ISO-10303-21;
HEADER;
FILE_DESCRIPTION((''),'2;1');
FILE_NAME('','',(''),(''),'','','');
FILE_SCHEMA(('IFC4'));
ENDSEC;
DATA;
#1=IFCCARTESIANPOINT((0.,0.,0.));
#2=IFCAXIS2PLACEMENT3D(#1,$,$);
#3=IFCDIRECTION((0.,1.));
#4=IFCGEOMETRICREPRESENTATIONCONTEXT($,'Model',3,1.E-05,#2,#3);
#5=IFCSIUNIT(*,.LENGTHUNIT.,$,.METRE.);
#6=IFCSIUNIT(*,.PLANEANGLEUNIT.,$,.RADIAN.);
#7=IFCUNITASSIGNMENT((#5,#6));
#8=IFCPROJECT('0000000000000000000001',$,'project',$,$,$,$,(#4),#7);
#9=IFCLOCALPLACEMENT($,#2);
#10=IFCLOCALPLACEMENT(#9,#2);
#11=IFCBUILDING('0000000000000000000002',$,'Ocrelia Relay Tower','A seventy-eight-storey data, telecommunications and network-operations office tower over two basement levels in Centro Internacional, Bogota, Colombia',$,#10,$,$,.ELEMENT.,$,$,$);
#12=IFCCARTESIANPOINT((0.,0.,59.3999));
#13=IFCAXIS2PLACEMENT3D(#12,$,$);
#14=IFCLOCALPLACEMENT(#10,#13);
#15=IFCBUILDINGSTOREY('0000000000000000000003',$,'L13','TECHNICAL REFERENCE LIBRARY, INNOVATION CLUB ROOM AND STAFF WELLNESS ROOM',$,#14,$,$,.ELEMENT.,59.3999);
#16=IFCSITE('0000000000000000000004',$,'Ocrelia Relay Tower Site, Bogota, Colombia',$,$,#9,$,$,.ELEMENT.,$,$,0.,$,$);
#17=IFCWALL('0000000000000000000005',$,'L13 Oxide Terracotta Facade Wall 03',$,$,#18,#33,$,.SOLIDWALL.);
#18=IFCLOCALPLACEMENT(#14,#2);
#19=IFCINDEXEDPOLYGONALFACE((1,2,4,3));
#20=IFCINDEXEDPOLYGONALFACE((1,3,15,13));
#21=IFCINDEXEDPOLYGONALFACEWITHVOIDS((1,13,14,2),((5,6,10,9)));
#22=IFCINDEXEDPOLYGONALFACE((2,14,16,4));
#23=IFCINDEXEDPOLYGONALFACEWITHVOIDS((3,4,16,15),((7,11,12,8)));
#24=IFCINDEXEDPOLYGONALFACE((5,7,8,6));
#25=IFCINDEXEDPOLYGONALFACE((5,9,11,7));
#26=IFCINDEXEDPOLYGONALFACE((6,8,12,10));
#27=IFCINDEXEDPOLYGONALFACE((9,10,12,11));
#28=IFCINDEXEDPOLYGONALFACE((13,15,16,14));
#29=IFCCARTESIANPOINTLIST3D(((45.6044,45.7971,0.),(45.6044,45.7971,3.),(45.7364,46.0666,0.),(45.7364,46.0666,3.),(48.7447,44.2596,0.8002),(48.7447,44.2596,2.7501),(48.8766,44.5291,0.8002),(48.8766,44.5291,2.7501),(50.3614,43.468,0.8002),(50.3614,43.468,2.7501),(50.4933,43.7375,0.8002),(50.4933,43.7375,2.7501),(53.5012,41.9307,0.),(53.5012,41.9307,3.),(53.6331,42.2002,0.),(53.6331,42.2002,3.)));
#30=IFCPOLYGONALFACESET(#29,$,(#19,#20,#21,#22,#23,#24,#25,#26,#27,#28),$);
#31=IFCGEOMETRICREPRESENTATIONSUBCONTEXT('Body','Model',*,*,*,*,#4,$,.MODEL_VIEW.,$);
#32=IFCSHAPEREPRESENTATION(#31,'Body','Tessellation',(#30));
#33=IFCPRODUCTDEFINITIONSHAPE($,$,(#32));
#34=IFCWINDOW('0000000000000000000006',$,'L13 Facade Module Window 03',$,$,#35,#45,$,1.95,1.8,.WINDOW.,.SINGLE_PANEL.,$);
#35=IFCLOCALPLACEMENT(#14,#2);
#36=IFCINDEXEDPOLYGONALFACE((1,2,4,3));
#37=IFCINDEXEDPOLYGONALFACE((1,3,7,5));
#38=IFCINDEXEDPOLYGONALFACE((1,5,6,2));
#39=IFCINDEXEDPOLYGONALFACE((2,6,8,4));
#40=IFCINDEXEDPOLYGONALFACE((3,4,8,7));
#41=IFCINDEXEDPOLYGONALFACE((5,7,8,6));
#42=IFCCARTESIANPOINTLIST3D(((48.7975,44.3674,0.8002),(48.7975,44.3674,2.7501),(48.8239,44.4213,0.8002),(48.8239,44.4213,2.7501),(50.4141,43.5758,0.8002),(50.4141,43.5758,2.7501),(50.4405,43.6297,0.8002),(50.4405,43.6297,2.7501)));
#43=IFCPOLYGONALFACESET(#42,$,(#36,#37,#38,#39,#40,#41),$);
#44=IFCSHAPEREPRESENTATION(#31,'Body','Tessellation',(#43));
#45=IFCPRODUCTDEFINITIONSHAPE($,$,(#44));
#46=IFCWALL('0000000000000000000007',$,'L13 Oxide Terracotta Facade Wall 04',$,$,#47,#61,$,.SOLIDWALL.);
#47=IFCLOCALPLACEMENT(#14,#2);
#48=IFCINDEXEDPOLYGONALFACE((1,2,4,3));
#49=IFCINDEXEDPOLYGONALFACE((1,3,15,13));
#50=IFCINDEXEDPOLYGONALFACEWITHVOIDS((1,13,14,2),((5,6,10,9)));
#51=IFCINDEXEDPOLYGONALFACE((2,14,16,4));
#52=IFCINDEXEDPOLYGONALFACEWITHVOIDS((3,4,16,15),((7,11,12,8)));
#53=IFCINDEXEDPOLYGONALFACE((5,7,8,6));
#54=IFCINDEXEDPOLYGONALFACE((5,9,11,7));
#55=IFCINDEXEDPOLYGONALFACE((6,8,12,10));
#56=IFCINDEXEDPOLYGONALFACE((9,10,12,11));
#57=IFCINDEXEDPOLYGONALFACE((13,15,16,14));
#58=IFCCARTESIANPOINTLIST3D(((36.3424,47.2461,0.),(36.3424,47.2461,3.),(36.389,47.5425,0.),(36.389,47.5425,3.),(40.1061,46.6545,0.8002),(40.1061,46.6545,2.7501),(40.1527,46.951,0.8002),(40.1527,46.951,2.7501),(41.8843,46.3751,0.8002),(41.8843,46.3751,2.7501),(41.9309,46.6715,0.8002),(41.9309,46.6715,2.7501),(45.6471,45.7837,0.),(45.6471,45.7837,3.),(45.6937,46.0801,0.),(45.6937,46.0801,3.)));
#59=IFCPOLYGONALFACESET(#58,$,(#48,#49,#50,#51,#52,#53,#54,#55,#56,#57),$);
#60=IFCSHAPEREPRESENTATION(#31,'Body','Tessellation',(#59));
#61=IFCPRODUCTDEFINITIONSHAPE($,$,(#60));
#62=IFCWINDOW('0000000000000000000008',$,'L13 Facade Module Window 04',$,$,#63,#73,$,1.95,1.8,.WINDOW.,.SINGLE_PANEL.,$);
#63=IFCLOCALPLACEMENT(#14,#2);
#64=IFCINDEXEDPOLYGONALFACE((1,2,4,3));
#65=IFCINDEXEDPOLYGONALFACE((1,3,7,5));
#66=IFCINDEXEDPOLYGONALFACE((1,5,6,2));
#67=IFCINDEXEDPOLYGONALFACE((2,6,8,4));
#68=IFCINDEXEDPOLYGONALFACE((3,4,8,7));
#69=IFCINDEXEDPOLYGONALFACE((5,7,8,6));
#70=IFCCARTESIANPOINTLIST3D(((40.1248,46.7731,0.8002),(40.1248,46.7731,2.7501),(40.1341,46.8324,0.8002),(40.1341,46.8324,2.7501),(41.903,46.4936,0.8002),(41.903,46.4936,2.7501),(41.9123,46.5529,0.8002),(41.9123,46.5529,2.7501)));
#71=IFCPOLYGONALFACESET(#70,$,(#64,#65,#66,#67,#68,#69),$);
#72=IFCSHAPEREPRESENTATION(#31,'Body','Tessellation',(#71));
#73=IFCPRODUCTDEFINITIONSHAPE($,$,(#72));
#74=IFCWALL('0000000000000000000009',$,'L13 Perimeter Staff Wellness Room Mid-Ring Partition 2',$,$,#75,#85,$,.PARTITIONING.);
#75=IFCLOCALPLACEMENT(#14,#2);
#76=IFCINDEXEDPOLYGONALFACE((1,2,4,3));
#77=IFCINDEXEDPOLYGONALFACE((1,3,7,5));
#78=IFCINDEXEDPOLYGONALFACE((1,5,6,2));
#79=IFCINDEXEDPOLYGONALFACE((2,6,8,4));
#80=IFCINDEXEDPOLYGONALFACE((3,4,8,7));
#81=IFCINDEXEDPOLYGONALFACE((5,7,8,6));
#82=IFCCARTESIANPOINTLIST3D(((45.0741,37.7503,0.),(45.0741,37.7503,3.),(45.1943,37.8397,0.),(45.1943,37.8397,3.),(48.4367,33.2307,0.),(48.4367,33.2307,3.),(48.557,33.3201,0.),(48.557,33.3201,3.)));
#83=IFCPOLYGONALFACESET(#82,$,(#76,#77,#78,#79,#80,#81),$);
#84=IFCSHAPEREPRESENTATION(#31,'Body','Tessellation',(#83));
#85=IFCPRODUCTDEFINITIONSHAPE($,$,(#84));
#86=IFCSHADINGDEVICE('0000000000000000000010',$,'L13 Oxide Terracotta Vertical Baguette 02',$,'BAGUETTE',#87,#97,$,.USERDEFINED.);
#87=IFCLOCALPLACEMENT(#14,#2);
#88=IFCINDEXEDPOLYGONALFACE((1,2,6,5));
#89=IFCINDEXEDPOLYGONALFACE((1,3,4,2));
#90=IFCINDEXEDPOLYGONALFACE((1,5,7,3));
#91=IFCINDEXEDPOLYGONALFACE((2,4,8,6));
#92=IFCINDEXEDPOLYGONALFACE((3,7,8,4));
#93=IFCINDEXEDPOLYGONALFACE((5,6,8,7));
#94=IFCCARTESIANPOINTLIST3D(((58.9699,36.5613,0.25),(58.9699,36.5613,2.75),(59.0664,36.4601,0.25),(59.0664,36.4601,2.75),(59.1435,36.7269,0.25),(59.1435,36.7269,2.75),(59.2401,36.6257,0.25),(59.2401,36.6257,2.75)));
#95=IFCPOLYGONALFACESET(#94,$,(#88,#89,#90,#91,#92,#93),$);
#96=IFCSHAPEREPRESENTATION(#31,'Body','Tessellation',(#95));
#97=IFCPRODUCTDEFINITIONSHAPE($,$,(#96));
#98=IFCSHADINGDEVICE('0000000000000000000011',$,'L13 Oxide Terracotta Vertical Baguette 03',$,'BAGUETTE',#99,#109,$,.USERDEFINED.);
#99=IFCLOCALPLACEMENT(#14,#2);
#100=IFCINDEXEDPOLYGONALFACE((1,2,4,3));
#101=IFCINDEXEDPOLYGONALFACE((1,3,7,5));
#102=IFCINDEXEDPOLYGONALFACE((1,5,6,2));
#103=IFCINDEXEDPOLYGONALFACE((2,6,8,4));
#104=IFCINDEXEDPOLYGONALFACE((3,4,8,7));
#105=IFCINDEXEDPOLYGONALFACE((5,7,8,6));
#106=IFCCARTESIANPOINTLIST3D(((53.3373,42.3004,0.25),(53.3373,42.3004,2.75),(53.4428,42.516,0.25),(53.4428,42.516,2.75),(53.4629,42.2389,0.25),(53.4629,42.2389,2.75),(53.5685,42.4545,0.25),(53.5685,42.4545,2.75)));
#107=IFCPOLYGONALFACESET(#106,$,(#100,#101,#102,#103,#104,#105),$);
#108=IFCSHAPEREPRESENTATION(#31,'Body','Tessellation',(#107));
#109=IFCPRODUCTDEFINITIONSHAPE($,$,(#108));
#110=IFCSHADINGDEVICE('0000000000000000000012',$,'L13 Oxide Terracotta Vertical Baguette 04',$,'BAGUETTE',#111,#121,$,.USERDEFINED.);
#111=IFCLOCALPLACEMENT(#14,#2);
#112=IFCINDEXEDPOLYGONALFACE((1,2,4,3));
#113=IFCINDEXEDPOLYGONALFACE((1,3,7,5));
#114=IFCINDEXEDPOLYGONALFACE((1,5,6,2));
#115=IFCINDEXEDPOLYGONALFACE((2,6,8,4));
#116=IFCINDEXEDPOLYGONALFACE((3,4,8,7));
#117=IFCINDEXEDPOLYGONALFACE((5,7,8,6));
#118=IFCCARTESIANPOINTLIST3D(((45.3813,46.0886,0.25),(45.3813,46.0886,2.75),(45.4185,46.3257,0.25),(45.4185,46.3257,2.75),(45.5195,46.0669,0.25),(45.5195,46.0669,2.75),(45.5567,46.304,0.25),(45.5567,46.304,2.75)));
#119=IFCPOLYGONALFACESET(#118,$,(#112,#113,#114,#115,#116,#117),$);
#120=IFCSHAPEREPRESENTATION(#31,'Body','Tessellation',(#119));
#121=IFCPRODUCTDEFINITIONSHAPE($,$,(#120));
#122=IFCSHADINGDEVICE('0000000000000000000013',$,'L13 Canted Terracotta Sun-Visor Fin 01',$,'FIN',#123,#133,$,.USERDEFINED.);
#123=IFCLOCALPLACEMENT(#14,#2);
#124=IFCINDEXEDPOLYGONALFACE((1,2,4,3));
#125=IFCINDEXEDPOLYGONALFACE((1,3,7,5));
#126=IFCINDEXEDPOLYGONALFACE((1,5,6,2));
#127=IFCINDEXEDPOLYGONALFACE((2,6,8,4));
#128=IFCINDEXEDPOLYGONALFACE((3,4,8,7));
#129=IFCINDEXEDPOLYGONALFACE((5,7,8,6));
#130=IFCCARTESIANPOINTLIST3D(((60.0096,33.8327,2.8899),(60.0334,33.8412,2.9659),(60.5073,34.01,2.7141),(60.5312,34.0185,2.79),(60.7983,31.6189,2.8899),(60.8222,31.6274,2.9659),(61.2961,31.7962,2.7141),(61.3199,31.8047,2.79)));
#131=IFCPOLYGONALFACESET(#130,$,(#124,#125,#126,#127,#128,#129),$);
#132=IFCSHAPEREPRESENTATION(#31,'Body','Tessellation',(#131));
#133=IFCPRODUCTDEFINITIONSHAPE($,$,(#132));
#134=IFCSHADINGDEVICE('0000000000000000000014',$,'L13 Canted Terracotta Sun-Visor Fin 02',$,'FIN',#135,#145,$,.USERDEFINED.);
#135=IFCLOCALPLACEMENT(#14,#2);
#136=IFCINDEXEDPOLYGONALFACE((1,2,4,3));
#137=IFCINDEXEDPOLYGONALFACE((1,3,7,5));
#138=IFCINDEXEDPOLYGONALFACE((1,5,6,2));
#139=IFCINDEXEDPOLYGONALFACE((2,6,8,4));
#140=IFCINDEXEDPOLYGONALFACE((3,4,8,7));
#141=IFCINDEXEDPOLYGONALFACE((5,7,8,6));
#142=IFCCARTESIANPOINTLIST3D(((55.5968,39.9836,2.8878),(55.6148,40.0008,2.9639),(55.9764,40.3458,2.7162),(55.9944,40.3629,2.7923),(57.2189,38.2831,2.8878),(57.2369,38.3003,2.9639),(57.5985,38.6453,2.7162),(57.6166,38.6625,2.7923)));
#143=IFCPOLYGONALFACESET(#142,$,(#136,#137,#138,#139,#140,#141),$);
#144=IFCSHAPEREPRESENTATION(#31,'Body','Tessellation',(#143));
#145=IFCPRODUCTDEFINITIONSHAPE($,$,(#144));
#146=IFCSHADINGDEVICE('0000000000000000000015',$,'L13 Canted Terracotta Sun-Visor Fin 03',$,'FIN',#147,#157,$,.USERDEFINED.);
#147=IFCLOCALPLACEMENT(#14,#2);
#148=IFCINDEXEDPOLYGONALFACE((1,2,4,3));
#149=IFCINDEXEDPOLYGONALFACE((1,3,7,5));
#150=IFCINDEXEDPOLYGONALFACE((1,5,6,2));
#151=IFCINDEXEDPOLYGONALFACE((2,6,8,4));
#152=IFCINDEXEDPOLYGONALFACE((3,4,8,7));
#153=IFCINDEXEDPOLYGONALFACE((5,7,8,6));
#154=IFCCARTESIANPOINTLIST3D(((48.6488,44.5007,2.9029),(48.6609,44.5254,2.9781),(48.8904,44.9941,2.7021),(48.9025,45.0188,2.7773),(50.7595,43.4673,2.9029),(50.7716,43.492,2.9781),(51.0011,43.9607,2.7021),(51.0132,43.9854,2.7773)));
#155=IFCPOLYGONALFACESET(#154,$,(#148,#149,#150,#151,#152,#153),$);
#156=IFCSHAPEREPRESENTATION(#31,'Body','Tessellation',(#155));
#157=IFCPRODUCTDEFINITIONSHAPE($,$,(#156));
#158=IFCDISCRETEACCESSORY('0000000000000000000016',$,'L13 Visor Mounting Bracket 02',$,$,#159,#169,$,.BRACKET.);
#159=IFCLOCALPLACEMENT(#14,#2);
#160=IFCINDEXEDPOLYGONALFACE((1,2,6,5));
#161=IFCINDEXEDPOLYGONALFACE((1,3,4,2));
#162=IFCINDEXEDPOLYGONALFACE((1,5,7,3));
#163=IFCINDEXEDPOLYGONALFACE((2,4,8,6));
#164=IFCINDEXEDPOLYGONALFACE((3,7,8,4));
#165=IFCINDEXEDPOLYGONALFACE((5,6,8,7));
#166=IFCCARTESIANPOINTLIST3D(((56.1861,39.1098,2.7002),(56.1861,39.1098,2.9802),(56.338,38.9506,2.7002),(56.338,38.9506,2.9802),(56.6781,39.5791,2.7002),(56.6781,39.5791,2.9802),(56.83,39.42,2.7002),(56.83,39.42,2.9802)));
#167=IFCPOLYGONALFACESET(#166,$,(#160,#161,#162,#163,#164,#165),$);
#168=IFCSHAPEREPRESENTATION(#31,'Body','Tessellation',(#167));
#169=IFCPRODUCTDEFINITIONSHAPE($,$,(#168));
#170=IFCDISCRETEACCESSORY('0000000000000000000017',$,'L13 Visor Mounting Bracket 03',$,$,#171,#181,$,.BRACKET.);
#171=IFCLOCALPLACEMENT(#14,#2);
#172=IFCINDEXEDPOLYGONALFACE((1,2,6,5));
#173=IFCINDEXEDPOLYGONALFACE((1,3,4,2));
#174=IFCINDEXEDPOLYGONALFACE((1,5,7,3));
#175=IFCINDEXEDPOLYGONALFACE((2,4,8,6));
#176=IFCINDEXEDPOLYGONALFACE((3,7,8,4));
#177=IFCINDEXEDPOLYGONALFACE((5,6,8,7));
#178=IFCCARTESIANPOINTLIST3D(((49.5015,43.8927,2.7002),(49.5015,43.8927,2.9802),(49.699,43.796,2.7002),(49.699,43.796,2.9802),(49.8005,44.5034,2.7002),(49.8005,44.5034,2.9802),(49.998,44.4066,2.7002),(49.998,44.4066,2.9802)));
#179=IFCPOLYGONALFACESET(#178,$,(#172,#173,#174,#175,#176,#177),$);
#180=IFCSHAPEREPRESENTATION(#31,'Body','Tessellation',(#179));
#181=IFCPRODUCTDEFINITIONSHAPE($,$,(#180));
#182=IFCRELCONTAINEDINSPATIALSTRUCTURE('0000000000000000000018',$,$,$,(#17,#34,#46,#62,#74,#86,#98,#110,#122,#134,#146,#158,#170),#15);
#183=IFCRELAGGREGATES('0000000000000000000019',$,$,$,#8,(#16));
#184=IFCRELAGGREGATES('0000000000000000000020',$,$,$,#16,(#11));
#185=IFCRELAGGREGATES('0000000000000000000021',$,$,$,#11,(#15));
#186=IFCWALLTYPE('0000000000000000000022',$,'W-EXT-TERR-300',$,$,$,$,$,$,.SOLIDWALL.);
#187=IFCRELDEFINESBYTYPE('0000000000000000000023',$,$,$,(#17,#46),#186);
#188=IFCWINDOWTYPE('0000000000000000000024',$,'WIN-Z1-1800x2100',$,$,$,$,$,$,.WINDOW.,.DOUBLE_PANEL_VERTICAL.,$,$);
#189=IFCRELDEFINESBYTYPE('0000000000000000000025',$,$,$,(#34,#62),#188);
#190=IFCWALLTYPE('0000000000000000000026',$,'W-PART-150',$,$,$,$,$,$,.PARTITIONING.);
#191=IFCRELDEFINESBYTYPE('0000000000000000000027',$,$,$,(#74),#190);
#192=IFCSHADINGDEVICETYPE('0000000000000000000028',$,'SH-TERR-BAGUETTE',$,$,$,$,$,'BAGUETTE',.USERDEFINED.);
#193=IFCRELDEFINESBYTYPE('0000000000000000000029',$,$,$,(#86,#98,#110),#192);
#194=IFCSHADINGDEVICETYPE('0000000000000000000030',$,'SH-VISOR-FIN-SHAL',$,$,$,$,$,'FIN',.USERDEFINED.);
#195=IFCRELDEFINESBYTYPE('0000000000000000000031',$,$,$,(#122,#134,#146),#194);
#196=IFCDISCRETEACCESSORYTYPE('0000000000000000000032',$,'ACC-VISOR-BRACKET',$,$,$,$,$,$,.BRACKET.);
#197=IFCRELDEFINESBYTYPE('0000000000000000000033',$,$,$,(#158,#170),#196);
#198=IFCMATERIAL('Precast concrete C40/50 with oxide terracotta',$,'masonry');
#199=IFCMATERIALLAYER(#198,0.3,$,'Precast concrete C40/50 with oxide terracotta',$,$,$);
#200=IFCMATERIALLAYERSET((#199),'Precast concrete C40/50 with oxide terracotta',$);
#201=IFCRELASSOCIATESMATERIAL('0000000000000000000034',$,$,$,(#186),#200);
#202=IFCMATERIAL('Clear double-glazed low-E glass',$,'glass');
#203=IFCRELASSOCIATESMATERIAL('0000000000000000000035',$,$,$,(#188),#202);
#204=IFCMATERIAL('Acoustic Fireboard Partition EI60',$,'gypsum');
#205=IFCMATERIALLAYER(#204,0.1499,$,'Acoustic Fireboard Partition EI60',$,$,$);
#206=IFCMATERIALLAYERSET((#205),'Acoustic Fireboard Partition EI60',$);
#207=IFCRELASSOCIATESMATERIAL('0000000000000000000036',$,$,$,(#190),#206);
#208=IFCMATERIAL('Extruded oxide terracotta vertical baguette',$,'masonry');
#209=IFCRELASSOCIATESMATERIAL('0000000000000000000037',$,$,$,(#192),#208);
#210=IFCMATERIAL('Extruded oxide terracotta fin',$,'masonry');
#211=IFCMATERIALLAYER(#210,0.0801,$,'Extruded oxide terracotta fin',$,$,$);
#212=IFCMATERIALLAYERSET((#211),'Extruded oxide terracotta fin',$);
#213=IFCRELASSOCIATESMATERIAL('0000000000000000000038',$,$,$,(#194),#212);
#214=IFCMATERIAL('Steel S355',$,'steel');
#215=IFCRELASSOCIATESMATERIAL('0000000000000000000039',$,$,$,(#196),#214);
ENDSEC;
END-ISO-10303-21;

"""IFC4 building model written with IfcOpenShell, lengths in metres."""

from ifc_helpers import new_model, si_unit, direction, frame, frame_2d, origin, origin_2d, place, context, subcontext, project, spatial, rectangle, extrude, material, layer, layer_set, type_object, element, fill, save


model = new_model("IFC4")

# Units and contexts
model_context = context("Model", 3, precision=1e-05, world=origin(), true_north=direction((0.0, 1.0)))
body_context = subcontext(model_context, "Body", "Model", "MODEL_VIEW")
ifc_project = project(units=[si_unit("LENGTHUNIT", "METRE"), si_unit("PLANEANGLEUNIT", "RADIAN")], contexts=[model_context])

# Site, building, storey
site_placement = place(None, origin())
site = spatial("IfcSite", under=ifc_project, at=site_placement, Name="Ocrelia Relay Tower Site, Bogota, Colombia", CompositionType="ELEMENT", RefElevation=0.0)
building_placement = place(site_placement, origin())
building = spatial("IfcBuilding", under=site, at=building_placement, Name="Ocrelia Relay Tower", Description="A seventy-eight-storey data, telecommunications and network-operations office tower over two basement levels in Centro Internacional, Bogota, Colombia", CompositionType="ELEMENT")
storey_placement = place(building_placement, frame((0.0, 0.0, 59.3999)))
storey = spatial("IfcBuildingStorey", under=building, at=storey_placement, Name="L13", Description="TECHNICAL REFERENCE LIBRARY, INNOVATION CLUB ROOM AND STAFF WELLNESS ROOM", CompositionType="ELEMENT", Elevation=59.3999)

# Shared definitions
ifc_material_1 = material(Name="Steel S355", Category="steel")

# Shared definitions
ifc_material_2 = material(Name="Clear double-glazed low-E glass", Category="glass")

# Walls, openings, windows
ifc_material_3 = material(Name="Precast concrete C40/50 with oxide terracotta", Category="masonry")
ifc_layer_1 = layer(ifc_material_3, 0.3, Name="Precast concrete C40/50 with oxide terracotta")
ifc_layer_set_1 = layer_set([ifc_layer_1], Name="Precast concrete C40/50 with oxide terracotta")
wall_type_1 = type_object("IfcWallType", Name="W-EXT-TERR-300", PredefinedType="SOLIDWALL", material=ifc_layer_set_1)
window_type = type_object("IfcWindowType", Name="WIN-Z1-1800x2100", PartitioningType="DOUBLE_PANEL_VERTICAL", PredefinedType="WINDOW", material=ifc_material_2)
wall_1_placement = place(storey_placement, frame((53.5671, 42.0654, 0.0), z_axis=(0.0, 0.0, 1.0), x_axis=(-0.898122, 0.439745, 0.0)))
wall_1 = element("IfcWall", 1, at=wall_1_placement, inside=storey, type_object=wall_type_1, Name="L13 Oxide Terracotta Facade Wall 03", PredefinedType="SOLIDWALL", context=body_context, shape_type="SweptSolid", body=[
    extrude(rectangle(XDim=8.7925, YDim=0.3, at=frame_2d((4.3962, 0.0))), origin(), (0.0, 0.0, 1.0), 3.0),
])
opening_1_placement = place(wall_1_placement, frame((3.4961, 0.0, 0.8)))
opening_1 = element("IfcOpeningElement", 2, at=opening_1_placement, cuts=wall_1, PredefinedType="OPENING", context=body_context, shape_type="SweptSolid", body=[
    extrude(rectangle(XDim=1.8, YDim=1.95, at=frame_2d((0.8999, 0.9751))), frame((0.0, 0.1602, 0.0), z_axis=(0.0, -1.0, 0.0), x_axis=(1.0, 0.0, 0.0)), (0.0, 0.0, 1.0), 0.3201),
])
window_1_placement = place(opening_1_placement, origin())
window_1 = element("IfcWindow", 3, at=window_1_placement, inside=storey, type_object=window_type, Name="L13 Facade Module Window 03", OverallHeight=1.95, OverallWidth=1.8, PartitioningType="SINGLE_PANEL", PredefinedType="WINDOW", context=body_context, shape_type="SweptSolid", body=[
    extrude(rectangle(XDim=1.8, YDim=1.95, at=frame_2d((0.8999, 0.9751))), frame((0.0, 0.03, 0.0), z_axis=(0.0, -1.0, 0.0), x_axis=(1.0, 0.0, 0.0)), (0.0, 0.0, 1.0), 0.0601),
])
fill(opening_1, window_1)
wall_2_placement = place(storey_placement, frame((45.6704, 45.9319, 0.0), z_axis=(0.0, 0.0, 1.0), x_axis=(-0.987873, 0.155262, 0.0)))
wall_2 = element("IfcWall", 4, at=wall_2_placement, inside=storey, type_object=wall_type_1, Name="L13 Oxide Terracotta Facade Wall 04", PredefinedType="SOLIDWALL", context=body_context, shape_type="SweptSolid", body=[
    extrude(rectangle(XDim=9.4189, YDim=0.3, at=frame_2d((4.7095, 0.0))), origin(), (0.0, 0.0, 1.0), 3.0),
])
opening_2_placement = place(wall_2_placement, frame((3.8091, 0.0, 0.8)))
opening_2 = element("IfcOpeningElement", 5, at=opening_2_placement, cuts=wall_2, PredefinedType="OPENING", context=body_context, shape_type="SweptSolid", body=[
    extrude(rectangle(XDim=1.8, YDim=1.95, at=frame_2d((0.8999, 0.9751))), frame((0.0, 0.1602, 0.0), z_axis=(0.0, -1.0, 0.0), x_axis=(1.0, 0.0, 0.0)), (0.0, 0.0, 1.0), 0.3201),
])
window_2_placement = place(opening_2_placement, origin())
window_2 = element("IfcWindow", 6, at=window_2_placement, inside=storey, type_object=window_type, Name="L13 Facade Module Window 04", OverallHeight=1.95, OverallWidth=1.8, PartitioningType="SINGLE_PANEL", PredefinedType="WINDOW", context=body_context, shape_type="SweptSolid", body=[
    extrude(rectangle(XDim=1.8, YDim=1.95, at=frame_2d((0.8999, 0.9751))), frame((0.0, 0.03, 0.0), z_axis=(0.0, -1.0, 0.0), x_axis=(1.0, 0.0, 0.0)), (0.0, 0.0, 1.0), 0.0601),
])
fill(opening_2, window_2)

# Wall
ifc_material_4 = material(Name="Acoustic Fireboard Partition EI60", Category="gypsum")
ifc_layer_2 = layer(ifc_material_4, 0.1499, Name="Acoustic Fireboard Partition EI60")
ifc_layer_set_2 = layer_set([ifc_layer_2], Name="Acoustic Fireboard Partition EI60")
wall_type_2 = type_object("IfcWallType", Name="W-PART-150", PredefinedType="PARTITIONING", material=ifc_layer_set_2)
wall_3_placement = place(storey_placement, frame((48.4968, 33.2754, 0.0), z_axis=(0.0, 0.0, 1.0), x_axis=(-0.596917, 0.802303, 0.0)))
element("IfcWall", 7, at=wall_3_placement, inside=storey, type_object=wall_type_2, Name="L13 Perimeter Staff Wellness Room Mid-Ring Partition 2", PredefinedType="PARTITIONING", context=body_context, shape_type="SweptSolid", body=[
    extrude(rectangle(XDim=5.6333, YDim=0.1499, at=frame_2d((2.8167, 0.0))), origin(), (0.0, 0.0, 1.0), 3.0),
])

# Shading devices
ifc_material_5 = material(Name="Extruded oxide terracotta vertical baguette", Category="masonry")
shading_device_type_1 = type_object("IfcShadingDeviceType", Name="SH-TERR-BAGUETTE", ElementType="BAGUETTE", PredefinedType="USERDEFINED", material=ifc_material_5)
for number, where, z_axis, x_axis, name in (
    (8, (59.105, 36.5935, 0.25), (0.0, 0.0, 1.0), (-0.690249, 0.723572, 0.0), "L13 Oxide Terracotta Vertical Baguette 02"),
    (9, (53.4529, 42.3774, 0.25), (0.0, 0.0, 1.0), (-0.898124, 0.439742, 0.0), "L13 Oxide Terracotta Vertical Baguette 03"),
    (10, (45.469, 46.1963, 0.25), (0.0, 0.0, 1.0), (-0.987873, 0.155265, 0.0), "L13 Oxide Terracotta Vertical Baguette 04"),
):
    element("IfcShadingDevice", number, at=place(storey_placement, frame(where, z_axis=z_axis, x_axis=x_axis)), inside=storey, type_object=shading_device_type_1, Name=name, ObjectType="BAGUETTE", PredefinedType="USERDEFINED", context=body_context, shape_type="SweptSolid", body=[
        extrude(rectangle(XDim=0.1399, YDim=0.24, at=origin_2d()), origin(), (0.0, 0.0, 1.0), 2.5),
    ])
ifc_material_6 = material(Name="Extruded oxide terracotta fin", Category="masonry")
ifc_layer_3 = layer(ifc_material_6, 0.0801, Name="Extruded oxide terracotta fin")
ifc_layer_set_3 = layer_set([ifc_layer_3], Name="Extruded oxide terracotta fin")
shading_device_type_2 = type_object("IfcShadingDeviceType", Name="SH-VISOR-FIN-SHAL", ElementType="FIN", PredefinedType="USERDEFINED", material=ifc_layer_set_3)
shading_device_1_placement = place(storey_placement, frame((60.6528, 32.8145, 2.802), z_axis=(0.297496, 0.105994, 0.948821), x_axis=(-0.335621, 0.941997, 0.0)))
element("IfcShadingDevice", 11, at=shading_device_1_placement, inside=storey, type_object=shading_device_type_2, Name="L13 Canted Terracotta Sun-Visor Fin 01", ObjectType="FIN", PredefinedType="USERDEFINED", context=body_context, shape_type="SweptSolid", body=[
    extrude(rectangle(XDim=2.3501, YDim=0.5569, at=origin_2d()), origin(), (0.0, 0.0, 1.0), 0.0801),
])
shading_device_2_placement = place(storey_placement, frame((56.5977, 39.3145, 2.802), z_axis=(0.224917, 0.214559, 0.950461), x_axis=(-0.690249, 0.723572, 0.0)))
element("IfcShadingDevice", 12, at=shading_device_2_placement, inside=storey, type_object=shading_device_type_2, Name="L13 Canted Terracotta Sun-Visor Fin 02", ObjectType="FIN", PredefinedType="USERDEFINED", context=body_context, shape_type="SweptSolid", body=[
    extrude(rectangle(XDim=2.3501, YDim=0.552, at=origin_2d()), origin(), (0.0, 0.0, 1.0), 0.0801),
])
shading_device_3_placement = place(storey_placement, frame((49.825, 44.2307, 2.8025), z_axis=(0.150977, 0.308355, 0.939214), x_axis=(-0.898124, 0.439742, 0.0)))
element("IfcShadingDevice", 13, at=shading_device_3_placement, inside=storey, type_object=shading_device_type_2, Name="L13 Canted Terracotta Sun-Visor Fin 03", ObjectType="FIN", PredefinedType="USERDEFINED", context=body_context, shape_type="SweptSolid", body=[
    extrude(rectangle(XDim=2.3501, YDim=0.585, at=origin_2d()), origin(), (0.0, 0.0, 1.0), 0.0801),
])

# Discrete accessories
discrete_accessory_type = type_object("IfcDiscreteAccessoryType", Name="ACC-VISOR-BRACKET", PredefinedType="BRACKET", material=ifc_material_1)
for number, where, z_axis, x_axis, name in (
    (14, (56.5081, 39.2649, 2.7002), (0.0, 0.0, 1.0), (-0.690249, 0.723572, 0.0), "L13 Visor Mounting Bracket 02"),
    (15, (49.7498, 44.1497, 2.7002), (0.0, 0.0, 1.0), (-0.898124, 0.439742, 0.0), "L13 Visor Mounting Bracket 03"),
):
    element("IfcDiscreteAccessory", number, at=place(storey_placement, frame(where, z_axis=z_axis, x_axis=x_axis)), inside=storey, type_object=discrete_accessory_type, Name=name, PredefinedType="BRACKET", context=body_context, shape_type="SweptSolid", body=[
        extrude(rectangle(XDim=0.22, YDim=0.6799, at=origin_2d()), origin(), (0.0, 0.0, 1.0), 0.28),
    ])

save(model, "model.ifc")
